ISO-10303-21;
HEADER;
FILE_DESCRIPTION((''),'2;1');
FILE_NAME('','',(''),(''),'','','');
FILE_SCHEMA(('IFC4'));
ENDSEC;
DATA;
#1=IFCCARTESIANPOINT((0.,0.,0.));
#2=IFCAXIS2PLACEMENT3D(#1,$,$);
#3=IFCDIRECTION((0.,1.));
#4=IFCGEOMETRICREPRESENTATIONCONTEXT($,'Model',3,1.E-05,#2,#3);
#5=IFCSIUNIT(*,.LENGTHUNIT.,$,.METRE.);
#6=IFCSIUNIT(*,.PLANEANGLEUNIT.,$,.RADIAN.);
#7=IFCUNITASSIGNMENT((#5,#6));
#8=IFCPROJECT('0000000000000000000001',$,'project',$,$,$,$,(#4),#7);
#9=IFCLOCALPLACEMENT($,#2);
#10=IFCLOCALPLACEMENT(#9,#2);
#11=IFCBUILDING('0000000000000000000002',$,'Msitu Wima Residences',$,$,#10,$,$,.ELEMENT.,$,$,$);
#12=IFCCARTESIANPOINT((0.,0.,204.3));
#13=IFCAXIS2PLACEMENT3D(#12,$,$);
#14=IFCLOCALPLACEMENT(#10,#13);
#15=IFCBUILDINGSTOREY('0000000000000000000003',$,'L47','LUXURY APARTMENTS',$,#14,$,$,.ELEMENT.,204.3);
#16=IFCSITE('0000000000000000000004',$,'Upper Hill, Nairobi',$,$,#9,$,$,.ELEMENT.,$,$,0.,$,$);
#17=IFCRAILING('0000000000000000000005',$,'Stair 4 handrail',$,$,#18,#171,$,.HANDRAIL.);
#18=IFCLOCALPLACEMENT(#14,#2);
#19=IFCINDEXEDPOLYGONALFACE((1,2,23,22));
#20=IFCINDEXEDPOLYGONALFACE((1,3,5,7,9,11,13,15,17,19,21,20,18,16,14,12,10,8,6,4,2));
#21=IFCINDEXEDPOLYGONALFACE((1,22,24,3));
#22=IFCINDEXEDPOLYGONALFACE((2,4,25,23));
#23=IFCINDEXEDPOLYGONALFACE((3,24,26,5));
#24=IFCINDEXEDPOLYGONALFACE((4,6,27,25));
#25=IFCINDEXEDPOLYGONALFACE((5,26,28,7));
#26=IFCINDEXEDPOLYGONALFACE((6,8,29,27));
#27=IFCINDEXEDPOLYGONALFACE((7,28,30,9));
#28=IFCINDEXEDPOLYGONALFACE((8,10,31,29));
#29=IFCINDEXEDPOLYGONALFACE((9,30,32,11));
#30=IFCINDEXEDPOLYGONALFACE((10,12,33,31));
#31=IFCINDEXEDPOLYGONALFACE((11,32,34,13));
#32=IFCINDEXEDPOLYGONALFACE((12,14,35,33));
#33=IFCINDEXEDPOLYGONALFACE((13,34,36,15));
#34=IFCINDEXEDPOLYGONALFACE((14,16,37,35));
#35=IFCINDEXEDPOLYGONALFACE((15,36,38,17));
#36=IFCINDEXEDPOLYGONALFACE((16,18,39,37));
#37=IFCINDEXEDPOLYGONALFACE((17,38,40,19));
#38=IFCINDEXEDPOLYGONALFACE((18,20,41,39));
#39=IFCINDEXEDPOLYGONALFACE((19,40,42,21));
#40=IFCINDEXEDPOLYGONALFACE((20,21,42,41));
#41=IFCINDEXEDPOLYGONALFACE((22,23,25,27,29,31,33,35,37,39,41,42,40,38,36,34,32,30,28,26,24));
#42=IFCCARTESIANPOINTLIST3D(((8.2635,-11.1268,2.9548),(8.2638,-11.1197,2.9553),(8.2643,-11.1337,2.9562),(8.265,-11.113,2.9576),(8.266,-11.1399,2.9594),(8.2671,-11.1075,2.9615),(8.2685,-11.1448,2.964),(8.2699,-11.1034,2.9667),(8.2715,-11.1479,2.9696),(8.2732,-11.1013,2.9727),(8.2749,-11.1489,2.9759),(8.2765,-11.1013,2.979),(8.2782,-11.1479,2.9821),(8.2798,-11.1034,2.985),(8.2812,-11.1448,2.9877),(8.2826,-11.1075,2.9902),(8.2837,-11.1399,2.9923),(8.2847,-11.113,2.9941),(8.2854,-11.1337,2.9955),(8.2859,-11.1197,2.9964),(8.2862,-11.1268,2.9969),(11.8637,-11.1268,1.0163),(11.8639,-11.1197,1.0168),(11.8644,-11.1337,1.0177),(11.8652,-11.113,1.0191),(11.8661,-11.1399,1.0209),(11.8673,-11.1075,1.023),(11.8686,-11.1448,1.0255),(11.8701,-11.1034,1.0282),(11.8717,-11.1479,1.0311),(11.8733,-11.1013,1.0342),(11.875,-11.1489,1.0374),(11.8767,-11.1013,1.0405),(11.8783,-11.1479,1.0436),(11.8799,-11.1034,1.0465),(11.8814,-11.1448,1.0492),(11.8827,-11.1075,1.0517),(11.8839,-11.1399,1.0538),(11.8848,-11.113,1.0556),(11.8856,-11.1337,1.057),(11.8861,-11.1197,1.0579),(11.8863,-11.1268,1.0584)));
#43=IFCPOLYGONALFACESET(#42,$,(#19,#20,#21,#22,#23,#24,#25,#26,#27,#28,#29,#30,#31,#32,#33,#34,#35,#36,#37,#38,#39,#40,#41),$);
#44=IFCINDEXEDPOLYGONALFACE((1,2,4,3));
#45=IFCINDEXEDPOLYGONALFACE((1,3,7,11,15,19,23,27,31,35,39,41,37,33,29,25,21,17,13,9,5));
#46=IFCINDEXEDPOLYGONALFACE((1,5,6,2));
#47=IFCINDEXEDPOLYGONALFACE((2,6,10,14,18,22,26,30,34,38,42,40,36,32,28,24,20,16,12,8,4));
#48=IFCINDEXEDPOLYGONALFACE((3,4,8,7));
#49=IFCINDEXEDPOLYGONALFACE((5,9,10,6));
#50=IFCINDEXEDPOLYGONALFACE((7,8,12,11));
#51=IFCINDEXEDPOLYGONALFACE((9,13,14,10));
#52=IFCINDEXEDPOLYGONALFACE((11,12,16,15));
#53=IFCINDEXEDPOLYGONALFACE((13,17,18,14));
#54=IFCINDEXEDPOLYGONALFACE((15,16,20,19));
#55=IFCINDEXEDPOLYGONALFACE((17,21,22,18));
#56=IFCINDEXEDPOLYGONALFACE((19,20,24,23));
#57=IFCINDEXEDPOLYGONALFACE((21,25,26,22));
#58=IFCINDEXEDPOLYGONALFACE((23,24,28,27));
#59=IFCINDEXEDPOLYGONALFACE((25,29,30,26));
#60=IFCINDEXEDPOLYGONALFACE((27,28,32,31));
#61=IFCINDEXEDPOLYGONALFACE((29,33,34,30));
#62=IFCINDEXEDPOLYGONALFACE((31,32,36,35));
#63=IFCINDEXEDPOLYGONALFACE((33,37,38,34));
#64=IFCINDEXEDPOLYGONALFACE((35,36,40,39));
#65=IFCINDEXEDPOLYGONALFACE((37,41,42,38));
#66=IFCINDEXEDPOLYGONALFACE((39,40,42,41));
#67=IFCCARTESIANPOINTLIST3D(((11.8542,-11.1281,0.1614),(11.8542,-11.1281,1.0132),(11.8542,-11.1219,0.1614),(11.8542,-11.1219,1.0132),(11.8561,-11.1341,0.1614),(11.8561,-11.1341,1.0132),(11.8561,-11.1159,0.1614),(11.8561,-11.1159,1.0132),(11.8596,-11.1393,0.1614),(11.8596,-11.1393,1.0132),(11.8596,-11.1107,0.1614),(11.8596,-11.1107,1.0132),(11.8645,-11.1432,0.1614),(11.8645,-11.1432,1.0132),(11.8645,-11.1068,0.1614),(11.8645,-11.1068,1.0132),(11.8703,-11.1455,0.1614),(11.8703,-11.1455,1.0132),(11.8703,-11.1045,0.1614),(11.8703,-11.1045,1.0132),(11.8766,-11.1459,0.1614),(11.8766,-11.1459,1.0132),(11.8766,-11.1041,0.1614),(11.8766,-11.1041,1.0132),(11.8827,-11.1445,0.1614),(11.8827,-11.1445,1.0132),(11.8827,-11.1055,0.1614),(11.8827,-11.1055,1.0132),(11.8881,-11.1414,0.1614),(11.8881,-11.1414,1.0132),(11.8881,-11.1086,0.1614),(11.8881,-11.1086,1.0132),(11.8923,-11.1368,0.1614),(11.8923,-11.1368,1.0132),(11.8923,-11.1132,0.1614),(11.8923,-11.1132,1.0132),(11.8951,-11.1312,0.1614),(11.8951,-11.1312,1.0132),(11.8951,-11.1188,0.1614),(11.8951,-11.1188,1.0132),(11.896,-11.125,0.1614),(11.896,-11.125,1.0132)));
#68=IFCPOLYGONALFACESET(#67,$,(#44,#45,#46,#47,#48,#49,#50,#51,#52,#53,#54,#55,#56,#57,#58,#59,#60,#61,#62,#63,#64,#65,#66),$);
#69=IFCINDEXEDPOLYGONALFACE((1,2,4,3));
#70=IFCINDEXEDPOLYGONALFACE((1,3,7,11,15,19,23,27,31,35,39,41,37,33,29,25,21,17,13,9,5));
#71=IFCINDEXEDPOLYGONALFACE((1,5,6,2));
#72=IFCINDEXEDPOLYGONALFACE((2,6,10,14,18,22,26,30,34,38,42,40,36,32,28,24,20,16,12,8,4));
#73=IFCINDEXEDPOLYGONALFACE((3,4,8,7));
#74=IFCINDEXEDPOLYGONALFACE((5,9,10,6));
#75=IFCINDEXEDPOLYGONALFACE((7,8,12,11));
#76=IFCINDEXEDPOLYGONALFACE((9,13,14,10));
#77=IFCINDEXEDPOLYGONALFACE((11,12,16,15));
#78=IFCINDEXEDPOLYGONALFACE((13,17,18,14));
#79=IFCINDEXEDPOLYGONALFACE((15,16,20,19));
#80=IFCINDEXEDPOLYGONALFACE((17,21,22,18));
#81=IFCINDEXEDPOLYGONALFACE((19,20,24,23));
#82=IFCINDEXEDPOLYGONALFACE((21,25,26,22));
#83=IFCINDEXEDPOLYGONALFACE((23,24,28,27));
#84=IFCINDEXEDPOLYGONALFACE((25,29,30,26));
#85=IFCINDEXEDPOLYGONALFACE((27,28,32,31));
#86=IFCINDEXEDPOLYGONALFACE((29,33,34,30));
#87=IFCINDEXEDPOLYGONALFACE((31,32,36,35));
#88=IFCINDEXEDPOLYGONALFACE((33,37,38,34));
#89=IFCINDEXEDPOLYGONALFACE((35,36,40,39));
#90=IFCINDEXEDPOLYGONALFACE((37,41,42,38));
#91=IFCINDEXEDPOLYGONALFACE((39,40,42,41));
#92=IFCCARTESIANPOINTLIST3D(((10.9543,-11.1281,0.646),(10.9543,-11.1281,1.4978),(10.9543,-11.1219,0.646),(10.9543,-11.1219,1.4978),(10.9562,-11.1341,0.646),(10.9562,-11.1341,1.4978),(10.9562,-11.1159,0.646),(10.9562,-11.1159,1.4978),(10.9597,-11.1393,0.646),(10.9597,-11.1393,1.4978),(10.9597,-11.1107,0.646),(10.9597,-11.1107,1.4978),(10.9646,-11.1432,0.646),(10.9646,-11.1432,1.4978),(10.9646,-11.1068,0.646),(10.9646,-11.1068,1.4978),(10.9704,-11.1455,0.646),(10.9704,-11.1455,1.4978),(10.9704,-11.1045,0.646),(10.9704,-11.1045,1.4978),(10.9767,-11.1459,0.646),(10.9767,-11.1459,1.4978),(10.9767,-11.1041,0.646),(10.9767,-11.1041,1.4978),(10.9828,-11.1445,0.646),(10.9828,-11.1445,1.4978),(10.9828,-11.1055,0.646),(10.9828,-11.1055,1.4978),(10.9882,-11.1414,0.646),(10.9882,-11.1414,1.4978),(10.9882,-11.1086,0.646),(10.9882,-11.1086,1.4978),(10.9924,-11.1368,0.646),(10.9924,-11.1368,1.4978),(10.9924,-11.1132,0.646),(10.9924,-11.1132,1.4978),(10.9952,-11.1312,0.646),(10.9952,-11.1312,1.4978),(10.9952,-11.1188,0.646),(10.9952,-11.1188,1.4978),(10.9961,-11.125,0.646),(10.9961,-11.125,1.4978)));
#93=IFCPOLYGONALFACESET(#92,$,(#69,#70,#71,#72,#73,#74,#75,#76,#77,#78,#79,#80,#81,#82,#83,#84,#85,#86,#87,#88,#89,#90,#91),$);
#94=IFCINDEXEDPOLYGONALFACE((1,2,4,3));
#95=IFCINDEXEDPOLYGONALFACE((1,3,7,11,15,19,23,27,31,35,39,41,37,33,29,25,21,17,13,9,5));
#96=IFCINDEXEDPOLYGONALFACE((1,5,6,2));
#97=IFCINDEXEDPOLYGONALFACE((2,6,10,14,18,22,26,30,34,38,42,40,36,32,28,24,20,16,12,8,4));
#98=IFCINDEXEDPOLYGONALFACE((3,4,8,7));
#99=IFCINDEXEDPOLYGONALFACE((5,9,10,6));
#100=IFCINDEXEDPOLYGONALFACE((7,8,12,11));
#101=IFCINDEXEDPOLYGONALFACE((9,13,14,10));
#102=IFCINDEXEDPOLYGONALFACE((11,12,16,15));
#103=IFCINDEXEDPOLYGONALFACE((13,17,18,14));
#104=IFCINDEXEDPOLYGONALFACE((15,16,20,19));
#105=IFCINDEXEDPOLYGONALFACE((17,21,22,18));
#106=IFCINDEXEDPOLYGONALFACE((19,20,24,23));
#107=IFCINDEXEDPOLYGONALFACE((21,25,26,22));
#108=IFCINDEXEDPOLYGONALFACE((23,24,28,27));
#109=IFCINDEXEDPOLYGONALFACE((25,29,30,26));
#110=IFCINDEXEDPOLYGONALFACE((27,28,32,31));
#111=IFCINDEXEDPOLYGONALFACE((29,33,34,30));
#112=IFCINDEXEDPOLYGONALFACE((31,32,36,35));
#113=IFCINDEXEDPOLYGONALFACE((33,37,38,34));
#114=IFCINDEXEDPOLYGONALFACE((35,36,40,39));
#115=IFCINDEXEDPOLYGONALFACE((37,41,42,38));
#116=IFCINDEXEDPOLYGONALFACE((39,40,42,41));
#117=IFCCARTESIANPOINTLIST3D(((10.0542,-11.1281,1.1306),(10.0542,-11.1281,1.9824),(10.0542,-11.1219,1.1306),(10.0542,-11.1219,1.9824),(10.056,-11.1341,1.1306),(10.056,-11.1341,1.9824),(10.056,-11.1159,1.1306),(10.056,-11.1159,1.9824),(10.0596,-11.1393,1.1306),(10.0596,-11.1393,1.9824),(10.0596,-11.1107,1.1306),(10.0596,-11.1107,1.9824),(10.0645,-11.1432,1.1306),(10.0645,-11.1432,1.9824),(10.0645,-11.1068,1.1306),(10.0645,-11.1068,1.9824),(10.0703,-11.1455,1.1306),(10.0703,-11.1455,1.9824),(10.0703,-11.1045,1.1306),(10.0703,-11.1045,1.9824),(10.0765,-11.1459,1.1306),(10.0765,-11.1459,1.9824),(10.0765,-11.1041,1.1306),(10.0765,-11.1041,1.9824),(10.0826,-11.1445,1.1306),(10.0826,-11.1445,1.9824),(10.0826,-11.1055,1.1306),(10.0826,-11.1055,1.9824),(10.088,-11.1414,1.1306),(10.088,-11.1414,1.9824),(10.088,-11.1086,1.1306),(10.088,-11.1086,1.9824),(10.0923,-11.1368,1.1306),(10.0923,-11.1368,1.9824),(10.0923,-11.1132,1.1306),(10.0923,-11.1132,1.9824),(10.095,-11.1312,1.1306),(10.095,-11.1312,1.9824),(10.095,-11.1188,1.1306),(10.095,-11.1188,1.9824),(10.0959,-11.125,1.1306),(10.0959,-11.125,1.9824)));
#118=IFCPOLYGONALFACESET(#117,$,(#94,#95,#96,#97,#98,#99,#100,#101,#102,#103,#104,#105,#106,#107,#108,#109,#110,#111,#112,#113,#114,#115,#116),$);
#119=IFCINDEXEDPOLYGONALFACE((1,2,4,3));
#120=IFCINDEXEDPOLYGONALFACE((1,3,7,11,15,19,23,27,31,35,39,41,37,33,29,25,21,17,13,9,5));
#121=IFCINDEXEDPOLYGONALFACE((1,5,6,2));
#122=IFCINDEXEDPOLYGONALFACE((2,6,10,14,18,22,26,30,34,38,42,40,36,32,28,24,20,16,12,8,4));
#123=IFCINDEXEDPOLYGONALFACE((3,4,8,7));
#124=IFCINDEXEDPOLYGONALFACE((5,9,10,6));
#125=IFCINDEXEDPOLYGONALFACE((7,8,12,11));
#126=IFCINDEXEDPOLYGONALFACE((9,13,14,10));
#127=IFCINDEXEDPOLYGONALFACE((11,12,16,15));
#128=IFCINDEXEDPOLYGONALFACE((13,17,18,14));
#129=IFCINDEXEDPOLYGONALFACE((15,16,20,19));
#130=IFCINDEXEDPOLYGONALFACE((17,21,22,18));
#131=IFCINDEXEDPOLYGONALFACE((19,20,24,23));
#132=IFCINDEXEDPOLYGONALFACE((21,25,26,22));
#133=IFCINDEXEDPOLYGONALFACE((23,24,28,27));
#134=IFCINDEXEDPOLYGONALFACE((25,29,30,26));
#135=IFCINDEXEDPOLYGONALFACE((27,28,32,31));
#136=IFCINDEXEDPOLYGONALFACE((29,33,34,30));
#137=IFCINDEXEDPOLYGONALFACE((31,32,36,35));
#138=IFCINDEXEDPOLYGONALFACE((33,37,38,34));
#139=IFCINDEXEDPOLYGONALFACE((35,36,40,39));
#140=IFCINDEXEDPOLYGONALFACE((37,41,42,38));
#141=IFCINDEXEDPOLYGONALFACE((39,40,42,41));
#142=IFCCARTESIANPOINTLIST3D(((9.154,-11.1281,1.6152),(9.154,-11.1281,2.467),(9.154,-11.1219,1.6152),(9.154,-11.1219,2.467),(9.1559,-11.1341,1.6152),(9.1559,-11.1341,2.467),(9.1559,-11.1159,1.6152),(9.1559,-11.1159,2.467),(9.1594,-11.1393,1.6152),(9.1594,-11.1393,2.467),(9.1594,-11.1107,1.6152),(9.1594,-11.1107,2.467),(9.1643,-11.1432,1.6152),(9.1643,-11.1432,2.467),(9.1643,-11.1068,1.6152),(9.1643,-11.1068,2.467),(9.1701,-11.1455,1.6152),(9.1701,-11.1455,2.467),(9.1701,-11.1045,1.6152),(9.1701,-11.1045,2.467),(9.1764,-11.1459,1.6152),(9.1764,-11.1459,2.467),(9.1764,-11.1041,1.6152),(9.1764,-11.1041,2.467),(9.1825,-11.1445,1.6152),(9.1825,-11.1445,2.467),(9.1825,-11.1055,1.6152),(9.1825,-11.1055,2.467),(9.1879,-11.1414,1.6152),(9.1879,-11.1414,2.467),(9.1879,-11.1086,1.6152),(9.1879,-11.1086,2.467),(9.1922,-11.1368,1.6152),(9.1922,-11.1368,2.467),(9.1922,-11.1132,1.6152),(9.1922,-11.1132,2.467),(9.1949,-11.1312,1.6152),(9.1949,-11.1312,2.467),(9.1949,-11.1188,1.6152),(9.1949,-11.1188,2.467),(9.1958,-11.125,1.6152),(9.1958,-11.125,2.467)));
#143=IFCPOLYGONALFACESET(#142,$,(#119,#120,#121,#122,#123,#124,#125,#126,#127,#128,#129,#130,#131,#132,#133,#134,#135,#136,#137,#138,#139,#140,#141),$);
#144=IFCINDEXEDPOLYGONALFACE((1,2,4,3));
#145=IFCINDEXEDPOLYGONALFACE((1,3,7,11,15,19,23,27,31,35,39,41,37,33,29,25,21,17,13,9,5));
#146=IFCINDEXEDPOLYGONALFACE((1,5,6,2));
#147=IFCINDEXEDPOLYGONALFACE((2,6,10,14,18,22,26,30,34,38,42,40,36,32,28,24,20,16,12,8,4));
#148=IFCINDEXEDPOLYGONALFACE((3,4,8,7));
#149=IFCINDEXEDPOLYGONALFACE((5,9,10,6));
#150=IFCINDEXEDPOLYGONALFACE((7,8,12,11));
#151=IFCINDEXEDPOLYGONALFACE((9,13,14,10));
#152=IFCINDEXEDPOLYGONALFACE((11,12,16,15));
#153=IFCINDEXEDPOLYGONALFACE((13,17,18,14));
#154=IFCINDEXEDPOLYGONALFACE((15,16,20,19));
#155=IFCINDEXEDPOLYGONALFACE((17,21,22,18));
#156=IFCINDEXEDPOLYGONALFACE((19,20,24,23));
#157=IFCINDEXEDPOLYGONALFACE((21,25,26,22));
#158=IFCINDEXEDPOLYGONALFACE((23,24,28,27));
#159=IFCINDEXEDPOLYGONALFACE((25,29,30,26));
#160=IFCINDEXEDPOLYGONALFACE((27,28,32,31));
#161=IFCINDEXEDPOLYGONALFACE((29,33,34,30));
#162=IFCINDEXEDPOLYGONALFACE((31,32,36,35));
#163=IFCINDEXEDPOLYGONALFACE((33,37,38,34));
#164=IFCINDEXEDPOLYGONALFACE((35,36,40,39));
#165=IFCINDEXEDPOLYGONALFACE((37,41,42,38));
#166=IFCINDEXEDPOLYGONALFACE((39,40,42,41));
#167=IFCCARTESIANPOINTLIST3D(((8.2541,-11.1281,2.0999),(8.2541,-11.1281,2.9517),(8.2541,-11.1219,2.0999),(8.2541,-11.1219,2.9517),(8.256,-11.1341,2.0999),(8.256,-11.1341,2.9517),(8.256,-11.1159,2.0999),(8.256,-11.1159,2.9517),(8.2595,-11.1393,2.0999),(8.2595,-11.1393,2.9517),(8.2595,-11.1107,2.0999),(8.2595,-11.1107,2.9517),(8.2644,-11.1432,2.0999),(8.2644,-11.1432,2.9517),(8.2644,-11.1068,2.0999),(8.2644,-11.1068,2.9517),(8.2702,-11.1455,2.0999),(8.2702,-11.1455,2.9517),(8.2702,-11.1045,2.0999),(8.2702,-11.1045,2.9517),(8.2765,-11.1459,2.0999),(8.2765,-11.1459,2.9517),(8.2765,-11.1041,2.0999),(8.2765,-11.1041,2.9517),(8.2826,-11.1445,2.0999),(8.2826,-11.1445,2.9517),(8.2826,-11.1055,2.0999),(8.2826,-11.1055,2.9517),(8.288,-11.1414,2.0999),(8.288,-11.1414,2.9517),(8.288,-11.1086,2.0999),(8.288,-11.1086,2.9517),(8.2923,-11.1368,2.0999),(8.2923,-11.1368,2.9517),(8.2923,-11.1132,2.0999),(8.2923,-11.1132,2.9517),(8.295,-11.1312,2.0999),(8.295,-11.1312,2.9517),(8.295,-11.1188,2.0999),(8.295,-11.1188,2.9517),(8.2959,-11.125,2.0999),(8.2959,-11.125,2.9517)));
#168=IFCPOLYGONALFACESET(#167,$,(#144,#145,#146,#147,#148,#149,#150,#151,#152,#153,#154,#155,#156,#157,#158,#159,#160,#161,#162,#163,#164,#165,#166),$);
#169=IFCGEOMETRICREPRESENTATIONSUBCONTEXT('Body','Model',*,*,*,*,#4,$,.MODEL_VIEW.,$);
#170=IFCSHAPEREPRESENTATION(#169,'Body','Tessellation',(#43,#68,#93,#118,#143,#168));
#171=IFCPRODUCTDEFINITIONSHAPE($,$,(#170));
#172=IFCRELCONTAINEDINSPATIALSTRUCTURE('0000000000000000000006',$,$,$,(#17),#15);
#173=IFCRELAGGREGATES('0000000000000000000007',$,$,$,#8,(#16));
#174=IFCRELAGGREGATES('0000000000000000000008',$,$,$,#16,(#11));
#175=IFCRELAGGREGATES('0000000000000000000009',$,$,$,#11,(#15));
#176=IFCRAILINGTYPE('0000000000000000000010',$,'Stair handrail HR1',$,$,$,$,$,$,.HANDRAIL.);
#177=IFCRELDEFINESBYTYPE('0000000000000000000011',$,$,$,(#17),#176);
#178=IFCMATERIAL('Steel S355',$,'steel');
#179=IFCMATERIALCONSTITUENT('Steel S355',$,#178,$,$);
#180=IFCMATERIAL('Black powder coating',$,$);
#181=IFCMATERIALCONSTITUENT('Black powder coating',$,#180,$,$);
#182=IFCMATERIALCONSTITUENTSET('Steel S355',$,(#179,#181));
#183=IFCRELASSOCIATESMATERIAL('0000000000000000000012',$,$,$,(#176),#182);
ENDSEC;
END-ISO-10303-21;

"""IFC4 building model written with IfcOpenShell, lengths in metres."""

from ifc_helpers import new_model, si_unit, direction, frame, origin, origin_2d, place, context, subcontext, project, spatial, circle, extrude, material, constituent, constituent_set, type_object, element, save


model = new_model("IFC4")

# Units and contexts
model_context = context("Model", 3, precision=1e-05, world=origin(), true_north=direction((0.0, 1.0)))
body_context = subcontext(model_context, "Body", "Model", "MODEL_VIEW")
ifc_project = project(units=[si_unit("LENGTHUNIT", "METRE"), si_unit("PLANEANGLEUNIT", "RADIAN")], contexts=[model_context])

# Site, building, storey
site_placement = place(None, origin())
site = spatial("IfcSite", under=ifc_project, at=site_placement, Name="Upper Hill, Nairobi", CompositionType="ELEMENT", RefElevation=0.0)
building_placement = place(site_placement, origin())
building = spatial("IfcBuilding", under=site, at=building_placement, Name="Msitu Wima Residences", CompositionType="ELEMENT")
storey_placement = place(building_placement, frame((0.0, 0.0, 204.3)))
storey = spatial("IfcBuildingStorey", under=building, at=storey_placement, Name="L47", Description="LUXURY APARTMENTS", CompositionType="ELEMENT", Elevation=204.3)

# Railing
ifc_material_1 = material(Name="Steel S355", Category="steel")
ifc_constituent_1 = constituent(ifc_material_1, Name="Steel S355")
ifc_material_2 = material(Name="Black powder coating")
ifc_constituent_2 = constituent(ifc_material_2, Name="Black powder coating")
ifc_constituent_set = constituent_set(constituents=[ifc_constituent_1, ifc_constituent_2], Name="Steel S355")
railing_type = type_object("IfcRailingType", Name="Stair handrail HR1", PredefinedType="HANDRAIL", material=ifc_constituent_set)
for number, where, name in (
    (1, (11.875, -11.125, 0.1614), "Stair 4 handrail"),
):
    element("IfcRailing", number, at=place(storey_placement, frame(where)), inside=storey, type_object=railing_type, Name=name, PredefinedType="HANDRAIL", context=body_context, shape_type="SweptSolid", body=[
        extrude(circle(Radius=0.0239, at=origin_2d()), frame((0.0, 0.0, 0.876), z_axis=(-0.880475, 0.0, 0.474093), x_axis=(0.0, -1.0, 0.0)), (0.0, 0.0, 1.0), 4.0889),
        extrude(circle(Radius=0.021, at=origin_2d()), origin(), (0.0, 0.0, 1.0), 0.8518),
        extrude(circle(Radius=0.021, at=origin_2d()), frame((-0.8999, 0.0, 0.4846)), (0.0, 0.0, 1.0), 0.8518),
        extrude(circle(Radius=0.021, at=origin_2d()), frame((-1.8, 0.0, 0.9692)), (0.0, 0.0, 1.0), 0.8518),
        extrude(circle(Radius=0.021, at=origin_2d()), frame((-2.7002, 0.0, 1.4539)), (0.0, 0.0, 1.0), 0.8518),
        extrude(circle(Radius=0.021, at=origin_2d()), frame((-3.6001, 0.0, 1.9385)), (0.0, 0.0, 1.0), 0.8518),
    ])

save(model, "model.ifc")
